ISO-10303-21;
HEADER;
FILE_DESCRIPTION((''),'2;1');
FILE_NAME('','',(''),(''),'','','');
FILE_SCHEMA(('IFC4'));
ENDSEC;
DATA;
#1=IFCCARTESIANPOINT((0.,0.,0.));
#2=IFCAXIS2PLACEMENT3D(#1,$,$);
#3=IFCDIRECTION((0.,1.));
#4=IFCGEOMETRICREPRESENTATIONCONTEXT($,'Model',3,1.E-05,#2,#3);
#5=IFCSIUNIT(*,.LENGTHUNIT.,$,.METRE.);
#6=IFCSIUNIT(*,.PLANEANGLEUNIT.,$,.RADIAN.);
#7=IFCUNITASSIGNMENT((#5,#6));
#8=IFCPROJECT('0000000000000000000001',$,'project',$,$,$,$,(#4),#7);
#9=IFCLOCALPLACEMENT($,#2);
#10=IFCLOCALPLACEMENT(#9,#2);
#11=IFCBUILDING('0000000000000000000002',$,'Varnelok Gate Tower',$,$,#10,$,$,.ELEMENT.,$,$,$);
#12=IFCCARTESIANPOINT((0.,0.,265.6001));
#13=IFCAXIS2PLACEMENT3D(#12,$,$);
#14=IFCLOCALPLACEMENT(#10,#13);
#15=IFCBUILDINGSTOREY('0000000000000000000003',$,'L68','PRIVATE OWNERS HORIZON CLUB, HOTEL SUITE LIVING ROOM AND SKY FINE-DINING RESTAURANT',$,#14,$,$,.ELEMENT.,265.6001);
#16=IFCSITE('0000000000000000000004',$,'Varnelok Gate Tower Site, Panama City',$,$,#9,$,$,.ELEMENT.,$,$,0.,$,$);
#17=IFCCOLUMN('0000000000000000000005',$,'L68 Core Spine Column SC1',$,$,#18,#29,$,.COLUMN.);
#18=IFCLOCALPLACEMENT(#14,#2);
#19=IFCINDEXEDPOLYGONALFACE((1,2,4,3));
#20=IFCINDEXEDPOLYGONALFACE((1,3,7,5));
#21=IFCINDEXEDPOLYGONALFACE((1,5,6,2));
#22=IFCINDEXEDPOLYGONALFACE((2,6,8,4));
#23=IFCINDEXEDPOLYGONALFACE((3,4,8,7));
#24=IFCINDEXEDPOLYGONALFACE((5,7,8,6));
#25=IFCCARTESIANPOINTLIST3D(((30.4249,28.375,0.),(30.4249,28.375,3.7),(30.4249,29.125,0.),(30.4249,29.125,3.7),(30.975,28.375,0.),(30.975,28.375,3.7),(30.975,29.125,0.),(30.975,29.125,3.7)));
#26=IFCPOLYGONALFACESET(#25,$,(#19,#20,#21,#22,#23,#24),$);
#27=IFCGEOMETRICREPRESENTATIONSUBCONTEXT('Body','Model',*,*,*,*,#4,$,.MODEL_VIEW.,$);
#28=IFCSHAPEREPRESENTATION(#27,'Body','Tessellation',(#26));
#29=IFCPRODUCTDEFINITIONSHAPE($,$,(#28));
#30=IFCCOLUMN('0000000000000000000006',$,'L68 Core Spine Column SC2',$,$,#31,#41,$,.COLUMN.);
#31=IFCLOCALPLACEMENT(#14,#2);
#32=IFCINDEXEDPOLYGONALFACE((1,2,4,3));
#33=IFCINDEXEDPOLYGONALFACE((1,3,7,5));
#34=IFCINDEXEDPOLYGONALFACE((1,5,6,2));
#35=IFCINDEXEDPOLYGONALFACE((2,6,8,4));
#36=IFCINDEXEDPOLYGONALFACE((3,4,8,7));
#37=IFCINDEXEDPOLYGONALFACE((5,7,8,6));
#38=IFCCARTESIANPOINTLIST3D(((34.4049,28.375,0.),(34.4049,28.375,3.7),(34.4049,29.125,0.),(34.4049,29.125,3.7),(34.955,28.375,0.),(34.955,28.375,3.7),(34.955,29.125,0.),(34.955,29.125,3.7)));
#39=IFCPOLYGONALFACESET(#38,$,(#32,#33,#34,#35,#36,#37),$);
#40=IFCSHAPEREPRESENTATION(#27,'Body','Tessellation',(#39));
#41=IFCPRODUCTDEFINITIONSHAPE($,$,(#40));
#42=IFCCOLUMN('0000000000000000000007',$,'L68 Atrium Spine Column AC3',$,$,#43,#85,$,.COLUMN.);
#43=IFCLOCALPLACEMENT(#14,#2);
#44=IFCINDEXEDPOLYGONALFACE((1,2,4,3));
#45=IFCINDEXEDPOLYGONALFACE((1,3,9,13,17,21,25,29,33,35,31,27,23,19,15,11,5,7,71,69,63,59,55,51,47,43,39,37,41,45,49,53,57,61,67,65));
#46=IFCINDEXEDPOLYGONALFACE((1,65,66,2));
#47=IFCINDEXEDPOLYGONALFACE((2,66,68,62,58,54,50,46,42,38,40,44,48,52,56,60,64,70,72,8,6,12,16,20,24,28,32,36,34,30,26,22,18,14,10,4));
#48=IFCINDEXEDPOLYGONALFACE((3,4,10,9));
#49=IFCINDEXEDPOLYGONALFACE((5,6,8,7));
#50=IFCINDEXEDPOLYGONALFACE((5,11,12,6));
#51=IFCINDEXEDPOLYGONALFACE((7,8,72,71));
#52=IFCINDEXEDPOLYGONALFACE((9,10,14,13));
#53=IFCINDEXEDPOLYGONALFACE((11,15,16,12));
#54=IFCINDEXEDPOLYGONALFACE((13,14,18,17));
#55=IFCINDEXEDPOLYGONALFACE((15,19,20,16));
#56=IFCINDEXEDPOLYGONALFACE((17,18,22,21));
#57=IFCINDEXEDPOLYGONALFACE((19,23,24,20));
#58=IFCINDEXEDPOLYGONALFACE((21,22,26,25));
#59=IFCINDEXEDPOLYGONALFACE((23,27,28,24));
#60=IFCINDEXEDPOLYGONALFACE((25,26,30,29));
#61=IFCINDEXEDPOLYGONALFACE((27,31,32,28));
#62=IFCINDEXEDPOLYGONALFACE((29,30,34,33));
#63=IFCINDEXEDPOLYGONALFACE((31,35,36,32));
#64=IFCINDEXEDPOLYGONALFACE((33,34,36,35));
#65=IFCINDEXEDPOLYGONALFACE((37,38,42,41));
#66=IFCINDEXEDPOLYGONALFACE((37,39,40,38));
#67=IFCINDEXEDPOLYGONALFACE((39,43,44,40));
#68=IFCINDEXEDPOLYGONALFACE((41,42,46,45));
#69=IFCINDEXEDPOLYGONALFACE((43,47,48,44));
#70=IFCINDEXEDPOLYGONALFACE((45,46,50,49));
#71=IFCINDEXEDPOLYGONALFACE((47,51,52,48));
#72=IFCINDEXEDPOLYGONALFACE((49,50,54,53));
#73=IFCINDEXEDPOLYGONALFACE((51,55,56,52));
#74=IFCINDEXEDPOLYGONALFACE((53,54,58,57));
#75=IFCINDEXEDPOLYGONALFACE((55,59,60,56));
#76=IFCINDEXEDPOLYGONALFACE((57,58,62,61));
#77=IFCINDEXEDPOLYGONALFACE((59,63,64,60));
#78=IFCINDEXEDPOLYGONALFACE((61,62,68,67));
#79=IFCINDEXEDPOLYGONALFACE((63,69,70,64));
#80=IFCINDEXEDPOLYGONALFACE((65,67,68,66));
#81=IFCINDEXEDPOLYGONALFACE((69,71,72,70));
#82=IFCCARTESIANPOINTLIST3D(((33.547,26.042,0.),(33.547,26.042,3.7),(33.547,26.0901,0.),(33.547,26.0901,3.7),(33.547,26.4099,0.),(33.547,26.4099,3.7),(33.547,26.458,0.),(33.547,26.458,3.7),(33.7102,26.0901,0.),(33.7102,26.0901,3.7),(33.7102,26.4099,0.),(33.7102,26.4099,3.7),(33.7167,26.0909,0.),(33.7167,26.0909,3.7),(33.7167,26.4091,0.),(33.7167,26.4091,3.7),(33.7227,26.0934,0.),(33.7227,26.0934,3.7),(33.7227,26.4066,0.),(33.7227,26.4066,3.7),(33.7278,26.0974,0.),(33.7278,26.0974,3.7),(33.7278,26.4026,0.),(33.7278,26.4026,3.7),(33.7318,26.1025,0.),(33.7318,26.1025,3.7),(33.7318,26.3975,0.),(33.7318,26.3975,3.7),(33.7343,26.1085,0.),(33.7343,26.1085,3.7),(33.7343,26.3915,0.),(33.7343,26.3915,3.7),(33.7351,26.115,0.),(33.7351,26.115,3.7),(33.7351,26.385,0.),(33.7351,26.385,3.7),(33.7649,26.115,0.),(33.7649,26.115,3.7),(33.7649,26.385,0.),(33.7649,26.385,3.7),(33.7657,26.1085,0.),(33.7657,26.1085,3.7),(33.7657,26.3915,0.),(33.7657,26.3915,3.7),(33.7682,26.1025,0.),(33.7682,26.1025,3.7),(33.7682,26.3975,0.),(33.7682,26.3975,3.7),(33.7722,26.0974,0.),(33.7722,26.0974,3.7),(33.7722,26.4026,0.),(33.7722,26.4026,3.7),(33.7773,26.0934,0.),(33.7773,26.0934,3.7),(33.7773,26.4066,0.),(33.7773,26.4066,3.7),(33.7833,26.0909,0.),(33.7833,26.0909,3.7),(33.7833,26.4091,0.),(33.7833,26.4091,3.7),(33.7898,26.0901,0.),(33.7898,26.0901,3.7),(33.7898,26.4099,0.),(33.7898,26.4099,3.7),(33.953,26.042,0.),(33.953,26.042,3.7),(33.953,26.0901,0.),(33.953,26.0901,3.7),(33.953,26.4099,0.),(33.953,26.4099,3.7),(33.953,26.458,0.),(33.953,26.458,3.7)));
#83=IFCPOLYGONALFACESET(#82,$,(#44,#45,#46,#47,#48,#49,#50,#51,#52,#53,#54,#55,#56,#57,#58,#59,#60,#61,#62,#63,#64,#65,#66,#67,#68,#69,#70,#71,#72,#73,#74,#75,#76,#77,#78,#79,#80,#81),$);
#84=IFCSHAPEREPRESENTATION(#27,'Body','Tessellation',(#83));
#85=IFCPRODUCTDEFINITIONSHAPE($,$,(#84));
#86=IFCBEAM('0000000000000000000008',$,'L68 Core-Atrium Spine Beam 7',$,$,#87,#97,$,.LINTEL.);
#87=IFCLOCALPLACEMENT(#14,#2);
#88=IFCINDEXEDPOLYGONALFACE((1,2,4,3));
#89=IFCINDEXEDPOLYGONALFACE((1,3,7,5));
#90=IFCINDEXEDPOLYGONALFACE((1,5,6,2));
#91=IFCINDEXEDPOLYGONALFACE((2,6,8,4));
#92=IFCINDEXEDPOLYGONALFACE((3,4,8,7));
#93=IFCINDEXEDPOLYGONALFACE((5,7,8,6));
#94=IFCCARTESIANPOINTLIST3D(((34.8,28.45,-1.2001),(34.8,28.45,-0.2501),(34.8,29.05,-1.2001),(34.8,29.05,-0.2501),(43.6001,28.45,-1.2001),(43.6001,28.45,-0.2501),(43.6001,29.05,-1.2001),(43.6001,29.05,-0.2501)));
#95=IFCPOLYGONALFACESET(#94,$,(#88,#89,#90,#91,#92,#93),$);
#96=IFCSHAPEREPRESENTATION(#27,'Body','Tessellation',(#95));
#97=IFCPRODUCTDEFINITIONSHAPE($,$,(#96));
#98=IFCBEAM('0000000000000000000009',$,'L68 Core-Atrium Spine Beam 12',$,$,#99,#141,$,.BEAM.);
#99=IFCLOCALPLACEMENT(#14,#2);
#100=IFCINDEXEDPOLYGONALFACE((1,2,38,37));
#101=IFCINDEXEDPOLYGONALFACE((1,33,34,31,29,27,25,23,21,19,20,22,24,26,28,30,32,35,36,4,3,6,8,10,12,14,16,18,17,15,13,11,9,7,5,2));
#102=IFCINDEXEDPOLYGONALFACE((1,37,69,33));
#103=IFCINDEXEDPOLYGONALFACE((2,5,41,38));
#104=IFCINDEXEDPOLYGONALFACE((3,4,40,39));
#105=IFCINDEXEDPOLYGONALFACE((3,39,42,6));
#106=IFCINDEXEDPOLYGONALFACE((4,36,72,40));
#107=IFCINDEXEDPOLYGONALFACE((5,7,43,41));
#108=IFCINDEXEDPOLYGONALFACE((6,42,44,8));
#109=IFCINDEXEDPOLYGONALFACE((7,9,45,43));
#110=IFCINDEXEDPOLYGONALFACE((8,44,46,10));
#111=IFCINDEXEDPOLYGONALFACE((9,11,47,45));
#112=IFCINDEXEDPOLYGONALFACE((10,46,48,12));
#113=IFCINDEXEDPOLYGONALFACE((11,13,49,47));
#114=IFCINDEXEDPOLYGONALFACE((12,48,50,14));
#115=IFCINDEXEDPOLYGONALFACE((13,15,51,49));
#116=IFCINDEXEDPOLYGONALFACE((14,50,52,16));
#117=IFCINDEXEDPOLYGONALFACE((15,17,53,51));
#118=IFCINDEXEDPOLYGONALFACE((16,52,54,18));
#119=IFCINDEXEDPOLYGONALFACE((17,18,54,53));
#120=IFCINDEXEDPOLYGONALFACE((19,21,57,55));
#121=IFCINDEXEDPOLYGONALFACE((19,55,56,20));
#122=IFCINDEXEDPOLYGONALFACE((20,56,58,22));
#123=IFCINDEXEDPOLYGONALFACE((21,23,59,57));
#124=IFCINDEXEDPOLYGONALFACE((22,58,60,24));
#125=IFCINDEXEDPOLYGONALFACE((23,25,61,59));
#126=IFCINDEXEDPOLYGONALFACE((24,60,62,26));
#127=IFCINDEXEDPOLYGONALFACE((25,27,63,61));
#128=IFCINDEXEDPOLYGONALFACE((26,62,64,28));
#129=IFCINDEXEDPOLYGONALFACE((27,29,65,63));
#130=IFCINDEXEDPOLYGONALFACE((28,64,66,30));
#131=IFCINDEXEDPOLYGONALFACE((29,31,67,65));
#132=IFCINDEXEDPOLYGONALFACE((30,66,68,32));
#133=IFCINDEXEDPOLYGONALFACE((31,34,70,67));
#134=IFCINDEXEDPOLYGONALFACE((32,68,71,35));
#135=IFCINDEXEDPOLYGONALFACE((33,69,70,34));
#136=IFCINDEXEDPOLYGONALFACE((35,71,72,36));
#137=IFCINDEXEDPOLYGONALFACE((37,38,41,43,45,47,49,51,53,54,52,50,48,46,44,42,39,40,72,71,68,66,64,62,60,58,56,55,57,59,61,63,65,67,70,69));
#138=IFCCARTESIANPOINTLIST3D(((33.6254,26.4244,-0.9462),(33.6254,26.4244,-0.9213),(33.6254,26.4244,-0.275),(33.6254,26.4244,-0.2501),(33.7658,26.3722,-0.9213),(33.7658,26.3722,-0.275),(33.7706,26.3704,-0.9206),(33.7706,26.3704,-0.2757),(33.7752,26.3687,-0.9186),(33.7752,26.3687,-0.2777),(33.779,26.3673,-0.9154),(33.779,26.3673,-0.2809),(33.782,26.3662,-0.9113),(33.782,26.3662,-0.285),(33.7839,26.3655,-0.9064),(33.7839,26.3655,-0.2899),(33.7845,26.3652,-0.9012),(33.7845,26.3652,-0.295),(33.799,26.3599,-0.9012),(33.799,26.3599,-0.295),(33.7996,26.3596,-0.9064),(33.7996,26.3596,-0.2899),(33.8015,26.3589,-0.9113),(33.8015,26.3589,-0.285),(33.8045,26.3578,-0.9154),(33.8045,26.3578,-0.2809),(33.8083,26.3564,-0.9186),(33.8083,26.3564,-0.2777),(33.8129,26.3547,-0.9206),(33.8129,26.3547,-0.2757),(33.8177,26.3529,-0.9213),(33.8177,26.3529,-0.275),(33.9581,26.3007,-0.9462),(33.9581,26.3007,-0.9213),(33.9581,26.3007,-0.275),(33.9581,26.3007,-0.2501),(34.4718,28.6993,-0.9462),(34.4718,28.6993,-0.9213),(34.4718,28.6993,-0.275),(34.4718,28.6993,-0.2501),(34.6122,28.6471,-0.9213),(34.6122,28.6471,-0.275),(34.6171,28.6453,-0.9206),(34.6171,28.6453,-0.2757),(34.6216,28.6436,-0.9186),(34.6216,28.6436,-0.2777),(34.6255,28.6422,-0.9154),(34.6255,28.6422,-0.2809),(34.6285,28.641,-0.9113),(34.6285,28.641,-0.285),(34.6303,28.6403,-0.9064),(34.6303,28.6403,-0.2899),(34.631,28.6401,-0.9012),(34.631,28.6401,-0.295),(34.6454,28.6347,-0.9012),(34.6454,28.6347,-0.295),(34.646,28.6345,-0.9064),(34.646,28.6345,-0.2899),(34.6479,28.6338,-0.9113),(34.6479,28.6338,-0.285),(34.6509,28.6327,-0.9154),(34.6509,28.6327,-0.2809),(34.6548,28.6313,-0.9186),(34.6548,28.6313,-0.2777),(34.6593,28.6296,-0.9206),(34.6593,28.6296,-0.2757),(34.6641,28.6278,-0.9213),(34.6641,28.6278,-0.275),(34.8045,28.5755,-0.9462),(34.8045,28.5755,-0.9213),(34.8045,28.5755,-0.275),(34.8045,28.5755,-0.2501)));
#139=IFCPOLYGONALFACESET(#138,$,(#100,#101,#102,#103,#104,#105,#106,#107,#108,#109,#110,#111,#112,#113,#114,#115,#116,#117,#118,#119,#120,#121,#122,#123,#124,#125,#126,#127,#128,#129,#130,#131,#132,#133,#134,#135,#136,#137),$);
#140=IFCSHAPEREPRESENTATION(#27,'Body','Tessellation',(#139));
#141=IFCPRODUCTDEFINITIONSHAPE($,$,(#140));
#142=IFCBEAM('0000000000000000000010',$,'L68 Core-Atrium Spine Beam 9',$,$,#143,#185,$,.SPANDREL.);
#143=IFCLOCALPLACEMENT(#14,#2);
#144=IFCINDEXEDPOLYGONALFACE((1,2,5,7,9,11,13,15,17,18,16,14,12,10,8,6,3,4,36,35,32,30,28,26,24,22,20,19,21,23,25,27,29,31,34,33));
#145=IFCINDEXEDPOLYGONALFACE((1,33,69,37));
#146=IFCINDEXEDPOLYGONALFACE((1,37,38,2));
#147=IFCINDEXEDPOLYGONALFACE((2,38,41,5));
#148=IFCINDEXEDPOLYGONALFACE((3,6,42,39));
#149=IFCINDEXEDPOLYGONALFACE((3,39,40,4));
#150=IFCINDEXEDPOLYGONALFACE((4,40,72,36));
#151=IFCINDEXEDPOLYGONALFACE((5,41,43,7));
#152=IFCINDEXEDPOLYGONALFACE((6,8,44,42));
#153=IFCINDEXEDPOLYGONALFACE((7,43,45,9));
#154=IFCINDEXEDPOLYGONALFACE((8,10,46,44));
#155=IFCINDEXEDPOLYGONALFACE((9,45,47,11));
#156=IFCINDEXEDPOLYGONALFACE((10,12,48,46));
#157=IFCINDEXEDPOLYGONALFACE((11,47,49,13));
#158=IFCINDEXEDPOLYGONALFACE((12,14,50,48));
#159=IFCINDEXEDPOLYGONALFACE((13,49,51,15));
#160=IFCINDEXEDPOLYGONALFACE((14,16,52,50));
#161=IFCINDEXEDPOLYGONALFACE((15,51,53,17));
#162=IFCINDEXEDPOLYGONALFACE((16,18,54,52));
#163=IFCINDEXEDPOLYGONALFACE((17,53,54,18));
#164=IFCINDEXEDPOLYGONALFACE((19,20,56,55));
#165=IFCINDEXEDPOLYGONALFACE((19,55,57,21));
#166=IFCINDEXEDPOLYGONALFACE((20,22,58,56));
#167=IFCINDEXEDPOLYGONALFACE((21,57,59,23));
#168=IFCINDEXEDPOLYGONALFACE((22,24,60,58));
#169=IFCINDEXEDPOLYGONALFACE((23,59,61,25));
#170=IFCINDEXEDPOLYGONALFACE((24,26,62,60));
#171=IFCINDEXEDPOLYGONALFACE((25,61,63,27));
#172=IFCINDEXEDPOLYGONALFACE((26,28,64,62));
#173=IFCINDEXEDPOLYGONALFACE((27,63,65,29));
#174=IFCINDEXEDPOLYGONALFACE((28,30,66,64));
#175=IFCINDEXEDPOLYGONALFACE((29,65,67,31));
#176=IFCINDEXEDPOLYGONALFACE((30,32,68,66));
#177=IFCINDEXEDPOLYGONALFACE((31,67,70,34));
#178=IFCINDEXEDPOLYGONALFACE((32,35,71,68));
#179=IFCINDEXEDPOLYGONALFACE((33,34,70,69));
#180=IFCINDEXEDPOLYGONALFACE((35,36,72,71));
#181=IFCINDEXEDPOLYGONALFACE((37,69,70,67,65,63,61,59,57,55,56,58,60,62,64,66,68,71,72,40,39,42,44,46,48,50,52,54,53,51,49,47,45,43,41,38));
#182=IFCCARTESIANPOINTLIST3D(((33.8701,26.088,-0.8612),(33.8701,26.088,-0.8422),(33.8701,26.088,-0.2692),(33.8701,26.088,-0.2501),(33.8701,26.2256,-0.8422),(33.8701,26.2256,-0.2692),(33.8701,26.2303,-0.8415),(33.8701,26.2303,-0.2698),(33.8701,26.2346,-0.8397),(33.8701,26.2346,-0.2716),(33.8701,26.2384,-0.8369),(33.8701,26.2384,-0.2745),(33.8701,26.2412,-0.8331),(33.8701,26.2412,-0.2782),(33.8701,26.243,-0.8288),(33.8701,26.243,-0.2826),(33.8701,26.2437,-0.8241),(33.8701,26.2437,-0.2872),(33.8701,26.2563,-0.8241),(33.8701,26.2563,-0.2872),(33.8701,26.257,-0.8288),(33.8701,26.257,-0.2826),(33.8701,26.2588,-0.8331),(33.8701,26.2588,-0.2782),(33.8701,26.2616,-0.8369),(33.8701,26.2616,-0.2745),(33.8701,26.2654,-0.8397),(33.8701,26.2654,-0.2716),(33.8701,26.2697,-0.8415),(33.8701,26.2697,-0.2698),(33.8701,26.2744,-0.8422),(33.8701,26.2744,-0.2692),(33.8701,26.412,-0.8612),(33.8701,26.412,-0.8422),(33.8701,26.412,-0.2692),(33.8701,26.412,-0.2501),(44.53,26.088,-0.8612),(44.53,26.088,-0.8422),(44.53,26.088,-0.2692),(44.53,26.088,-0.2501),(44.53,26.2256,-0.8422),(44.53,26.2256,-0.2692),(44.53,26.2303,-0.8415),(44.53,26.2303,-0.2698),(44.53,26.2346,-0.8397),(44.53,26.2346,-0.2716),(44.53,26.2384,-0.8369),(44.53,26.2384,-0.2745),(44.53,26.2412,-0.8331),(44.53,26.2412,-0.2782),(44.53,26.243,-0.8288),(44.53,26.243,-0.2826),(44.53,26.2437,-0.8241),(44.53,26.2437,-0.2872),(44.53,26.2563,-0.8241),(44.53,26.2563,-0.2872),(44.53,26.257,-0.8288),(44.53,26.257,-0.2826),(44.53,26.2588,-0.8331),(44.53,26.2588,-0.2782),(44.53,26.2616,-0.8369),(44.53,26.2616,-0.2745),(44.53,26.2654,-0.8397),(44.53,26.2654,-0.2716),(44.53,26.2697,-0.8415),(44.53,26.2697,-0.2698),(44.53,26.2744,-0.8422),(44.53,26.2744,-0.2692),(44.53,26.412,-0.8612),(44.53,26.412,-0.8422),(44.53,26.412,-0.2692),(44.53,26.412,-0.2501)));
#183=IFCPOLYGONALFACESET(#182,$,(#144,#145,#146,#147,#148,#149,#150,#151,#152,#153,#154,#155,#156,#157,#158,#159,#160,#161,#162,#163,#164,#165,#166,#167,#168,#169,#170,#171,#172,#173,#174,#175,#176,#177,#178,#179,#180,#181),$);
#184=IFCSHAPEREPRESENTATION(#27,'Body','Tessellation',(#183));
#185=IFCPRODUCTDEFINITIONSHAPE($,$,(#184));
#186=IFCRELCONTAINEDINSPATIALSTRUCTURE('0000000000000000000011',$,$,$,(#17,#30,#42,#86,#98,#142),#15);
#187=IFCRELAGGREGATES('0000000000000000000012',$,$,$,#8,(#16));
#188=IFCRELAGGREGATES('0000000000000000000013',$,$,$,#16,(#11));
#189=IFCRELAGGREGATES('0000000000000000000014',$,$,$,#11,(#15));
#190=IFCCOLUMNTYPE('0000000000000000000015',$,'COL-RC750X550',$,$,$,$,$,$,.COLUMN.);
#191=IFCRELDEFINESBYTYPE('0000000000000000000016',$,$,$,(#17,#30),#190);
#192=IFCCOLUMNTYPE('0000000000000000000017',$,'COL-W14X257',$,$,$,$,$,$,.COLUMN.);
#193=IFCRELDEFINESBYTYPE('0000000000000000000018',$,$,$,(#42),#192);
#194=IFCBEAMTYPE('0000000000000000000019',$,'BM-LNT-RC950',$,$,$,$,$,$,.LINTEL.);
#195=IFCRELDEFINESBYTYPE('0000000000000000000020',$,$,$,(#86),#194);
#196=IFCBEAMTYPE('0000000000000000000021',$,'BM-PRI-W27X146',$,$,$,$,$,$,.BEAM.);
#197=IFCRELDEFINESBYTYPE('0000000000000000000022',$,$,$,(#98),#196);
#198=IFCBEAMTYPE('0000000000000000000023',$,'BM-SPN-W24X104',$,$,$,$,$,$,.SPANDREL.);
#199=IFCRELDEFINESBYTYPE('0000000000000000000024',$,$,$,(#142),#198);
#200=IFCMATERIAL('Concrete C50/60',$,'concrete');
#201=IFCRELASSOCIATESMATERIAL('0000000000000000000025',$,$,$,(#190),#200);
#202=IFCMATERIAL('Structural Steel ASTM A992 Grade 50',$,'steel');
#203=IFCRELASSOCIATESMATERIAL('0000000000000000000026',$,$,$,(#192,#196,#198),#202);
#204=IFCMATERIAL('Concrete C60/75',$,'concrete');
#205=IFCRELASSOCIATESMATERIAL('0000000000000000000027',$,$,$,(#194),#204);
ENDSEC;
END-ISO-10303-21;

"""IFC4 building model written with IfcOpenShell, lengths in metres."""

from ifc_helpers import new_model, si_unit, direction, frame, origin, origin_2d, place, context, subcontext, project, spatial, rectangle, i_section, extrude, material, material_profile, profile_set, type_object, element, save


model = new_model("IFC4")

# Units and contexts
model_context = context("Model", 3, precision=1e-05, world=origin(), true_north=direction((0.0, 1.0)))
body_context = subcontext(model_context, "Body", "Model", "MODEL_VIEW")
ifc_project = project(units=[si_unit("LENGTHUNIT", "METRE"), si_unit("PLANEANGLEUNIT", "RADIAN")], contexts=[model_context])

# Site, building, storey
site_placement = place(None, origin())
site = spatial("IfcSite", under=ifc_project, at=site_placement, Name="Varnelok Gate Tower Site, Panama City", CompositionType="ELEMENT", RefElevation=0.0)
building_placement = place(site_placement, origin())
building = spatial("IfcBuilding", under=site, at=building_placement, Name="Varnelok Gate Tower", CompositionType="ELEMENT")
storey_placement = place(building_placement, frame((0.0, 0.0, 265.6001)))
storey = spatial("IfcBuildingStorey", under=building, at=storey_placement, Name="L68", Description="PRIVATE OWNERS HORIZON CLUB, HOTEL SUITE LIVING ROOM AND SKY FINE-DINING RESTAURANT", CompositionType="ELEMENT", Elevation=265.6001)

# Columns
ifc_material_1 = material(Name="Concrete C50/60", Category="concrete")
ifc_material_profile_1 = material_profile(ifc_material_1, rectangle(XDim=0.55, YDim=0.75, at=origin_2d()), Name="RC750X550")
ifc_profile_set_1 = profile_set([ifc_material_profile_1], Name="Concrete C50/60")
column_type_1 = type_object("IfcColumnType", Name="COL-RC750X550", PredefinedType="COLUMN", material=ifc_profile_set_1)
for number, where, z_axis, x_axis, name in (
    (1, (30.7, 28.75, 0.0), (0.0, 0.0, 1.0), (1.0, 0.0, 0.0), "L68 Core Spine Column SC1"),
    (2, (34.6799, 28.75, 0.0), (0.0, 0.0, 1.0), (1.0, 0.0, 0.0), "L68 Core Spine Column SC2"),
):
    element("IfcColumn", number, at=place(storey_placement, frame(where, z_axis=z_axis, x_axis=x_axis)), inside=storey, type_object=column_type_1, Name=name, PredefinedType="COLUMN", context=body_context, shape_type="SweptSolid", body=[
        extrude(rectangle(XDim=0.55, YDim=0.75, at=origin_2d()), origin(), (0.0, 0.0, 1.0), 3.7),
    ])
ifc_material_2 = material(Name="Structural Steel ASTM A992 Grade 50", Category="steel")
ifc_material_profile_2 = material_profile(ifc_material_2, i_section(OverallWidth=0.406, OverallDepth=0.416, WebThickness=0.0298, FlangeThickness=0.0481, FilletRadius=0.0249, at=origin_2d()), Name="W14X257")
ifc_profile_set_2 = profile_set([ifc_material_profile_2], Name="Structural Steel ASTM A992 Grade 50")
column_type_2 = type_object("IfcColumnType", Name="COL-W14X257", PredefinedType="COLUMN", material=ifc_profile_set_2)
column_placement = place(storey_placement, frame((33.75, 26.25, 0.0), z_axis=(0.0, 0.0, 1.0), x_axis=(1.0, 0.0, 0.0)))
element("IfcColumn", 3, at=column_placement, inside=storey, type_object=column_type_2, Name="L68 Atrium Spine Column AC3", PredefinedType="COLUMN", context=body_context, shape_type="SweptSolid", body=[
    extrude(i_section(OverallWidth=0.406, OverallDepth=0.416, WebThickness=0.0298, FlangeThickness=0.0481, FilletRadius=0.0249, at=origin_2d()), origin(), (0.0, 0.0, 1.0), 3.7),
])

# Beams
ifc_material_3 = material(Name="Concrete C60/75", Category="concrete")
ifc_material_profile_3 = material_profile(ifc_material_3, rectangle(XDim=0.6001, YDim=0.95, at=origin_2d()), Name="RC950X600")
ifc_profile_set_3 = profile_set([ifc_material_profile_3], Name="Concrete C60/75")
beam_type_1 = type_object("IfcBeamType", Name="BM-LNT-RC950", PredefinedType="LINTEL", material=ifc_profile_set_3)
beam_1_placement = place(storey_placement, frame((34.8, 28.75, -0.7251), z_axis=(1.0, 0.0, 0.0), x_axis=(0.0, 1.0, 0.0)))
element("IfcBeam", 4, at=beam_1_placement, inside=storey, type_object=beam_type_1, Name="L68 Core-Atrium Spine Beam 7", PredefinedType="LINTEL", context=body_context, shape_type="SweptSolid", body=[
    extrude(rectangle(XDim=0.6001, YDim=0.95, at=origin_2d()), origin(), (0.0, 0.0, 1.0), 8.8),
])
ifc_material_profile_4 = material_profile(ifc_material_2, i_section(OverallWidth=0.355, OverallDepth=0.696, WebThickness=0.0154, FlangeThickness=0.0249, FilletRadius=0.02, at=origin_2d()), Name="W27X146")
ifc_profile_set_4 = profile_set([ifc_material_profile_4], Name="Structural Steel ASTM A992 Grade 50")
beam_type_2 = type_object("IfcBeamType", Name="BM-PRI-W27X146", PredefinedType="BEAM", material=ifc_profile_set_4)
beam_2_placement = place(storey_placement, frame((33.7917, 26.3625, -0.5981), z_axis=(0.348719, 0.937227, 0.0), x_axis=(-0.937227, 0.348719, 0.0)))
element("IfcBeam", 5, at=beam_2_placement, inside=storey, type_object=beam_type_2, Name="L68 Core-Atrium Spine Beam 12", PredefinedType="BEAM", context=body_context, shape_type="SweptSolid", body=[
    extrude(i_section(OverallWidth=0.355, OverallDepth=0.696, WebThickness=0.0154, FlangeThickness=0.0249, FilletRadius=0.02, at=origin_2d()), origin(), (0.0, 0.0, 1.0), 2.4272),
])
ifc_material_profile_5 = material_profile(ifc_material_2, i_section(OverallWidth=0.324, OverallDepth=0.6111, WebThickness=0.0127, FlangeThickness=0.019, FilletRadius=0.0181, at=origin_2d()), Name="W24X104")
ifc_profile_set_5 = profile_set([ifc_material_profile_5], Name="Structural Steel ASTM A992 Grade 50")
beam_type_3 = type_object("IfcBeamType", Name="BM-SPN-W24X104", PredefinedType="SPANDREL", material=ifc_profile_set_5)
beam_3_placement = place(storey_placement, frame((33.8701, 26.25, -0.5557), z_axis=(1.0, 0.0, 0.0), x_axis=(0.0, 1.0, 0.0)))
element("IfcBeam", 6, at=beam_3_placement, inside=storey, type_object=beam_type_3, Name="L68 Core-Atrium Spine Beam 9", PredefinedType="SPANDREL", context=body_context, shape_type="SweptSolid", body=[
    extrude(i_section(OverallWidth=0.324, OverallDepth=0.6111, WebThickness=0.0127, FlangeThickness=0.019, FilletRadius=0.0181, at=origin_2d()), origin(), (0.0, 0.0, 1.0), 10.6599),
])

save(model, "model.ifc")
